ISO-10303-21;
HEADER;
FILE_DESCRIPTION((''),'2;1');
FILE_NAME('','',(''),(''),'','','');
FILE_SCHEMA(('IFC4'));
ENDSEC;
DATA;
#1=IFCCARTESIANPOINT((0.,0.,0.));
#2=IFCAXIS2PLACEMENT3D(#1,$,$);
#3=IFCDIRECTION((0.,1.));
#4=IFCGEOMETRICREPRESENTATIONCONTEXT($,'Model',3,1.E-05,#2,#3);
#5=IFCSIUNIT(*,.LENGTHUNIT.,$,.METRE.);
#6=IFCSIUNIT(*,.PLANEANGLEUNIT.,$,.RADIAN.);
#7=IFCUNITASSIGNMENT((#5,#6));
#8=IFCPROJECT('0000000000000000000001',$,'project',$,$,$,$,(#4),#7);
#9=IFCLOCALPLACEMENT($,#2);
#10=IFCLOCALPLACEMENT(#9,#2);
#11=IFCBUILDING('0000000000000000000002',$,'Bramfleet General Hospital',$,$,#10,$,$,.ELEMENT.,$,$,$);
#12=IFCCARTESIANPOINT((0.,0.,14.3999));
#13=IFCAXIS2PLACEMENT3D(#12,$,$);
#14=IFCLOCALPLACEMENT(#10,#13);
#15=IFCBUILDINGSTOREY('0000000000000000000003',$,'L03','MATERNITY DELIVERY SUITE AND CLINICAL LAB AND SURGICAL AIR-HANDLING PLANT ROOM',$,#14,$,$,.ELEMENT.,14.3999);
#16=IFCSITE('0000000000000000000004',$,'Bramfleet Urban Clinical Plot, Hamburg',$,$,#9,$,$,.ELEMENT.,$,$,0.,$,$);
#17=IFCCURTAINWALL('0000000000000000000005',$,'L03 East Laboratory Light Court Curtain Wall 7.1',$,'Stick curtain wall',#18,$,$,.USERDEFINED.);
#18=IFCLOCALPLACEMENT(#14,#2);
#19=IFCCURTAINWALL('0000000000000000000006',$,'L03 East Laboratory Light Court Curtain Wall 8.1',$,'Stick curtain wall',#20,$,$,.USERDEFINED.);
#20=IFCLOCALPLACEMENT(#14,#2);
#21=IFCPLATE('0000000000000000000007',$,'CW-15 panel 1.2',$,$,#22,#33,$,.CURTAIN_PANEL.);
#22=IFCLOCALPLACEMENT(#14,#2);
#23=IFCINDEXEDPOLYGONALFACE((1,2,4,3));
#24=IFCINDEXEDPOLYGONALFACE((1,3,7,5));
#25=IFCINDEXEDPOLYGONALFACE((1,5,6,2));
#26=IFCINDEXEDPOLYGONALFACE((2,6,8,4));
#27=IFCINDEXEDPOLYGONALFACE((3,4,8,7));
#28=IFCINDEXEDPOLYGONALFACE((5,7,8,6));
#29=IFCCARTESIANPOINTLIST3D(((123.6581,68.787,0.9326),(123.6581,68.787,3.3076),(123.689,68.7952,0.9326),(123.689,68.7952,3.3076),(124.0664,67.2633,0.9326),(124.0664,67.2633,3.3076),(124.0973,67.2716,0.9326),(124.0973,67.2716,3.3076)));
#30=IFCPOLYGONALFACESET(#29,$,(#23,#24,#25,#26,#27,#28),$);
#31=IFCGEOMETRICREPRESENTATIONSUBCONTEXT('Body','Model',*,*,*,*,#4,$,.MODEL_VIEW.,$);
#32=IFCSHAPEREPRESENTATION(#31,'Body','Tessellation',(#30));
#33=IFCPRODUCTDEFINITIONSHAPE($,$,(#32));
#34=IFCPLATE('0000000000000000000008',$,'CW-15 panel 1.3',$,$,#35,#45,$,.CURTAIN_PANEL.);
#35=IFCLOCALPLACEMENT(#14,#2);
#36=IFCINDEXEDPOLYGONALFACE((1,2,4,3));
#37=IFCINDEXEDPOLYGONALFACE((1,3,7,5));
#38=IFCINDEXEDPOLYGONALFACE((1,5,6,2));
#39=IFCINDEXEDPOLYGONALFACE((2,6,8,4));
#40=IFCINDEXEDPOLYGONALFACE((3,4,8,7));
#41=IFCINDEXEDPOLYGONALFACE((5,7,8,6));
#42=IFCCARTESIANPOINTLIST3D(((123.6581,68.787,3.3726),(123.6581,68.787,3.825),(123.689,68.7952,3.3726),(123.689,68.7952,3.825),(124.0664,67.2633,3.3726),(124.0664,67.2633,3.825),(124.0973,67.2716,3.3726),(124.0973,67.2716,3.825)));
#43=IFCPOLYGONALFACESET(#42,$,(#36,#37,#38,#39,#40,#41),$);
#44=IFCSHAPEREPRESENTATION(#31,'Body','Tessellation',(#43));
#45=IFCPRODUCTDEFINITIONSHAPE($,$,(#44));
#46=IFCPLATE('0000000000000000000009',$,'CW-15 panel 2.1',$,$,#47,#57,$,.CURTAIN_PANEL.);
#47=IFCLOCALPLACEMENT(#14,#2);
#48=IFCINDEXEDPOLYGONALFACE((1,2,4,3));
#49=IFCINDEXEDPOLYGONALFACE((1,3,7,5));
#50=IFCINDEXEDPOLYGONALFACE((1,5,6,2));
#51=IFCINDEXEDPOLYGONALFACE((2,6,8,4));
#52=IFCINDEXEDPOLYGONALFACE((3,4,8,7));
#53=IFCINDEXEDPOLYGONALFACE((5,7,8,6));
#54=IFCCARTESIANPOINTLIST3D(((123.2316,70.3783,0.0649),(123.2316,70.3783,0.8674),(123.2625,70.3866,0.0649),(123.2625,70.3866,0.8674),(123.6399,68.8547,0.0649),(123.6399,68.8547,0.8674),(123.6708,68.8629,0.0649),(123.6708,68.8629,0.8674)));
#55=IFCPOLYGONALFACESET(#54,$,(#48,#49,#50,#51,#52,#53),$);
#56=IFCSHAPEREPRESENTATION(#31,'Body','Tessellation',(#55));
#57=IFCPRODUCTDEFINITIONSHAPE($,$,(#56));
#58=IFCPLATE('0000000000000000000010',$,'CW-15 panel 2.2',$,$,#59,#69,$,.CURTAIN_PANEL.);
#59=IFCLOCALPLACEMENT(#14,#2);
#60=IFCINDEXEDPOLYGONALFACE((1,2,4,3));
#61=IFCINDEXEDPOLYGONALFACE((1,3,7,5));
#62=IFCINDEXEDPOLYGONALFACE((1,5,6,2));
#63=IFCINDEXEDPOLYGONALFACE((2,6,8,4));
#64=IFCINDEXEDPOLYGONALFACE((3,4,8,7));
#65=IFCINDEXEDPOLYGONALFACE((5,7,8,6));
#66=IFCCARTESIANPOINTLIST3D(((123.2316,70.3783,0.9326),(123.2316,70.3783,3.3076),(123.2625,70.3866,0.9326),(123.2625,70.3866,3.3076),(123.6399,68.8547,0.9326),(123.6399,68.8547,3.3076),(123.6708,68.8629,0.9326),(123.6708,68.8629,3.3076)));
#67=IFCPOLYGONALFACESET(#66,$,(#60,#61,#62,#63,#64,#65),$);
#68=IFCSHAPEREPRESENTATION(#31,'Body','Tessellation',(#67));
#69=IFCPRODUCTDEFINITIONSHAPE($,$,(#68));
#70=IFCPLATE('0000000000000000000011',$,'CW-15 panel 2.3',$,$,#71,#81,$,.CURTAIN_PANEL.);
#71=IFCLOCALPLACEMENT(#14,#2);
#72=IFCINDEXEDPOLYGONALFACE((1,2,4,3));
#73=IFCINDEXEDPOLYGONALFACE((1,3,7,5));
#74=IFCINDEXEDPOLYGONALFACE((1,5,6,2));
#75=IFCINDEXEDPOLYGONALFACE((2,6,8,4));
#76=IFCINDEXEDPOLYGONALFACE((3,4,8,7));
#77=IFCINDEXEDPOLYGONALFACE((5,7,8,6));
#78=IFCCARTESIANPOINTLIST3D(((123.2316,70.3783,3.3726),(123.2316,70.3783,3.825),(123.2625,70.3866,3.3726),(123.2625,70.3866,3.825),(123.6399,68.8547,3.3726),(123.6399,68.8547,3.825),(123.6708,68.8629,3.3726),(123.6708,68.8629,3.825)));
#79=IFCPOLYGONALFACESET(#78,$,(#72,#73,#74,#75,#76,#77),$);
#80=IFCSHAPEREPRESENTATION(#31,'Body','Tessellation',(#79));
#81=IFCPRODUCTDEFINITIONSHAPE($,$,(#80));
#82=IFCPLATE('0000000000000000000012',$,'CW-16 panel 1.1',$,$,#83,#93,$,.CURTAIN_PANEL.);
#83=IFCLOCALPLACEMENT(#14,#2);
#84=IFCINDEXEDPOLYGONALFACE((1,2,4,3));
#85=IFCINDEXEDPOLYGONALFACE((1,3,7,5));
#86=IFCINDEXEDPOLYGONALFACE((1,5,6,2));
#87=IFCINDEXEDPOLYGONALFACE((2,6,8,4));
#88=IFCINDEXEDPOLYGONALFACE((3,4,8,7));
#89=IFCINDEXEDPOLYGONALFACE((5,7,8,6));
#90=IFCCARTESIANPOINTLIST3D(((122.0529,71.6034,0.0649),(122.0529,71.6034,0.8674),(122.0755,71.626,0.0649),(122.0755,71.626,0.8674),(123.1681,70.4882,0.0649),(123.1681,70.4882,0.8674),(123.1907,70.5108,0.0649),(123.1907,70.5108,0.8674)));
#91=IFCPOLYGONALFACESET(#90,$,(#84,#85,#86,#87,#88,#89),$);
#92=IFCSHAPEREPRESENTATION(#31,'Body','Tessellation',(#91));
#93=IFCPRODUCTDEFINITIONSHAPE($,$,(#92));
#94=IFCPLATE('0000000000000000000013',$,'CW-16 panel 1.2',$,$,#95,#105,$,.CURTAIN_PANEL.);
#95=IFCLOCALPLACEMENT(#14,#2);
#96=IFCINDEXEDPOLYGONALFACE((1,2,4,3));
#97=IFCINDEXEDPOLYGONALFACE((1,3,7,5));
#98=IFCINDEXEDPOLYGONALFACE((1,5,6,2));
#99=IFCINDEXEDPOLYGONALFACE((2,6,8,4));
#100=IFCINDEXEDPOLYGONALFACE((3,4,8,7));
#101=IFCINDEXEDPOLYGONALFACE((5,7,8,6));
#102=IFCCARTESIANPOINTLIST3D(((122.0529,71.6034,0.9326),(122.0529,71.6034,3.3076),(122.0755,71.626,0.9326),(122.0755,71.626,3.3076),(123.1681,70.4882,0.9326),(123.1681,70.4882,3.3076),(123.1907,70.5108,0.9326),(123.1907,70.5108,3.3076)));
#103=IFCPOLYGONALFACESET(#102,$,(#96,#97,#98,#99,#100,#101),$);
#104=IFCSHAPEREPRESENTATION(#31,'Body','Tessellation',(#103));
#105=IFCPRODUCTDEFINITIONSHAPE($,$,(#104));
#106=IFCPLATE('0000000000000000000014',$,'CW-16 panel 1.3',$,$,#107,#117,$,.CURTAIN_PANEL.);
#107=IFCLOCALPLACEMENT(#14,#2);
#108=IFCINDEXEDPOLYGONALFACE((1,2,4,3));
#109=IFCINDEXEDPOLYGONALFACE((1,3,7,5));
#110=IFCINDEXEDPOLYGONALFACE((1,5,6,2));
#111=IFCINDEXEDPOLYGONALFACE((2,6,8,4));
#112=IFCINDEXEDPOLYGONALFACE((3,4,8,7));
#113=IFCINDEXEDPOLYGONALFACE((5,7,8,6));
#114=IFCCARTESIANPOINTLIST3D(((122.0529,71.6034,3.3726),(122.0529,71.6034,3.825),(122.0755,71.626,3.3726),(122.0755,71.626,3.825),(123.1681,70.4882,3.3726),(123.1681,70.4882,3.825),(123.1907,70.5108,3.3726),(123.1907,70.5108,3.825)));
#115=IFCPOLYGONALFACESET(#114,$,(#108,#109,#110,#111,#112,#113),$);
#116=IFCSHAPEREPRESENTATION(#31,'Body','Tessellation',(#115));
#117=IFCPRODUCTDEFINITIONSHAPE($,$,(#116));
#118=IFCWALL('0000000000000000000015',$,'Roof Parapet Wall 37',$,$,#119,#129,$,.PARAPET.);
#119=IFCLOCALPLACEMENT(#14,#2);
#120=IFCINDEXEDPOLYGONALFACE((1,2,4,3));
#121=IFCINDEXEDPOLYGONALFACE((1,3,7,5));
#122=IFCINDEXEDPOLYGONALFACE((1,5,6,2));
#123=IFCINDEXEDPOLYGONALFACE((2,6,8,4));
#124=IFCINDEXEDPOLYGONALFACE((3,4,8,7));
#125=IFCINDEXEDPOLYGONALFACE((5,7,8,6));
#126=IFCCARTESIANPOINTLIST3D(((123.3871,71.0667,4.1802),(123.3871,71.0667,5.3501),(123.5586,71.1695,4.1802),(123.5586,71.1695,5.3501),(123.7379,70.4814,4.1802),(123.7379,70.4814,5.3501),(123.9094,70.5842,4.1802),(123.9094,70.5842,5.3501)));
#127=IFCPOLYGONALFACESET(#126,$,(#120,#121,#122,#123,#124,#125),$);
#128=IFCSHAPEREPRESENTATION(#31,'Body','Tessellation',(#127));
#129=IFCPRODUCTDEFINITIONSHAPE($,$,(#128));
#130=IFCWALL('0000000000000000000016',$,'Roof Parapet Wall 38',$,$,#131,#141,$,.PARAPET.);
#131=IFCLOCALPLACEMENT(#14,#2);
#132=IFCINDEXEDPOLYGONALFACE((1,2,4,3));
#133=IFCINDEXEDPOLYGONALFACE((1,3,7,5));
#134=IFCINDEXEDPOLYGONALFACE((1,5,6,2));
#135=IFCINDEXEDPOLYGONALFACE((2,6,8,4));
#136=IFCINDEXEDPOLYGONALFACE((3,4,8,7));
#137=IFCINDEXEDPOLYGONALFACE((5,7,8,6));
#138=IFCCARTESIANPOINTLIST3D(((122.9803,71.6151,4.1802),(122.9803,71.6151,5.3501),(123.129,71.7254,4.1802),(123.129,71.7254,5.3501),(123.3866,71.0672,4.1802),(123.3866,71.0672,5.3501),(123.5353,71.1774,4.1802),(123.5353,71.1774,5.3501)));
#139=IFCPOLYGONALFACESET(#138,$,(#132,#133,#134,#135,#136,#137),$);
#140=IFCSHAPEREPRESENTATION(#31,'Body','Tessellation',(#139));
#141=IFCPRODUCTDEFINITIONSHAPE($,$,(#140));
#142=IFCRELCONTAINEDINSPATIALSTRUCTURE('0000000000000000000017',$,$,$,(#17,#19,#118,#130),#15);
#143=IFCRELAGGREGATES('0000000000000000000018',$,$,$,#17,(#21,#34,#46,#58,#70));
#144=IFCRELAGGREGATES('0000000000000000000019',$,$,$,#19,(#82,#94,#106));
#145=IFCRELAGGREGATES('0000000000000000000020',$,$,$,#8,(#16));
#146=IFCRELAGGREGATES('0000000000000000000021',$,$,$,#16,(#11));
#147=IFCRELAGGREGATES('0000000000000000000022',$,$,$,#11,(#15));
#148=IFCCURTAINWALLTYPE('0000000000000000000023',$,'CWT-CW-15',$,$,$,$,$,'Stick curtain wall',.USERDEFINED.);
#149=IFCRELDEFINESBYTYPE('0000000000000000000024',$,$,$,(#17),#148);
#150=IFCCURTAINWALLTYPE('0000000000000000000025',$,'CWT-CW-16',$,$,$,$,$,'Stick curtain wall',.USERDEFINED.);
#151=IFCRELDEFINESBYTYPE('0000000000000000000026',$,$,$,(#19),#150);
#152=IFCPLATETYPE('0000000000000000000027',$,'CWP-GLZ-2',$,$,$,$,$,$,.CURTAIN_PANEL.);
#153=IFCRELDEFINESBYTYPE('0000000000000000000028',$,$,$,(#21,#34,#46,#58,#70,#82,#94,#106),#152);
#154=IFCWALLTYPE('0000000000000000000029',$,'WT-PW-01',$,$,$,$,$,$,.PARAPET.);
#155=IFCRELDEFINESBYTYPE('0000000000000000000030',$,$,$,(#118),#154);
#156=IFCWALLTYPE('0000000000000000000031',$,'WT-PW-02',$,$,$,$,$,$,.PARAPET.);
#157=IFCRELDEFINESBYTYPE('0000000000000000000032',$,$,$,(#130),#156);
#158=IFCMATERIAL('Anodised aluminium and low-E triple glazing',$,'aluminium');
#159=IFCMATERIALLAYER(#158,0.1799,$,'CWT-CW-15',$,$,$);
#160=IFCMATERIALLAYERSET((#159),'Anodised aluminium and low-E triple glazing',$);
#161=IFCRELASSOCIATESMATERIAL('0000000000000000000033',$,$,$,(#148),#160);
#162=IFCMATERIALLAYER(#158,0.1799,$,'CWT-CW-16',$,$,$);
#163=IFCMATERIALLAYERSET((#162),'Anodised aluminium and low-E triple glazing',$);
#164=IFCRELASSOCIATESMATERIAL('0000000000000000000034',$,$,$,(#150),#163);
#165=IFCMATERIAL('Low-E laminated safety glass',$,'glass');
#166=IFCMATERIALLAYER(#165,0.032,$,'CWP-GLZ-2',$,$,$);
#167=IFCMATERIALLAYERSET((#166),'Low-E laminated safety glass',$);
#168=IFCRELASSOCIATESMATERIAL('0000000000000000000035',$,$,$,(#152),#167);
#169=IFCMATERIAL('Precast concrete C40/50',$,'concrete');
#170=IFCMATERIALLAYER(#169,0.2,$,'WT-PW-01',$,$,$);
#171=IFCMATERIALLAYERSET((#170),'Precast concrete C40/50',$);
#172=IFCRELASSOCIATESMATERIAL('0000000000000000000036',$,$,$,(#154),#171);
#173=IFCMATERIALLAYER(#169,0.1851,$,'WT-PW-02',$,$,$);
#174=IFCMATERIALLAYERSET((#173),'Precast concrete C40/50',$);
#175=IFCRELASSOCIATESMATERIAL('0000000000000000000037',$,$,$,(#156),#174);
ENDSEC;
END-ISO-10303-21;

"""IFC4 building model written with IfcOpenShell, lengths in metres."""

from ifc_helpers import new_model, si_unit, direction, frame, frame_2d, origin, origin_2d, place, context, subcontext, project, spatial, rectangle, extrude, material, layer, layer_set, type_object, element, aggregate, save


model = new_model("IFC4")

# Units and contexts
model_context = context("Model", 3, precision=1e-05, world=origin(), true_north=direction((0.0, 1.0)))
body_context = subcontext(model_context, "Body", "Model", "MODEL_VIEW")
ifc_project = project(units=[si_unit("LENGTHUNIT", "METRE"), si_unit("PLANEANGLEUNIT", "RADIAN")], contexts=[model_context])

# Site, building, storey
site_placement = place(None, origin())
site = spatial("IfcSite", under=ifc_project, at=site_placement, Name="Bramfleet Urban Clinical Plot, Hamburg", CompositionType="ELEMENT", RefElevation=0.0)
building_placement = place(site_placement, origin())
building = spatial("IfcBuilding", under=site, at=building_placement, Name="Bramfleet General Hospital", CompositionType="ELEMENT")
storey_placement = place(building_placement, frame((0.0, 0.0, 14.3999)))
storey = spatial("IfcBuildingStorey", under=building, at=storey_placement, Name="L03", Description="MATERNITY DELIVERY SUITE AND CLINICAL LAB AND SURGICAL AIR-HANDLING PLANT ROOM", CompositionType="ELEMENT", Elevation=14.3999)

# Curtain wall
ifc_material_1 = material(Name="Anodised aluminium and low-E triple glazing", Category="aluminium")
ifc_layer_1 = layer(ifc_material_1, 0.1799, Name="CWT-CW-15")
ifc_layer_set_1 = layer_set([ifc_layer_1], Name="Anodised aluminium and low-E triple glazing")
curtain_wall_type_1 = type_object("IfcCurtainWallType", Name="CWT-CW-15", ElementType="Stick curtain wall", PredefinedType="USERDEFINED", material=ifc_layer_set_1)
curtain_wall_1_placement = place(storey_placement, origin())
curtain_wall_1 = element("IfcCurtainWall", 1, at=curtain_wall_1_placement, inside=storey, type_object=curtain_wall_type_1, Name="L03 East Laboratory Light Court Curtain Wall 7.1", ObjectType="Stick curtain wall", PredefinedType="USERDEFINED")

# Curtain wall
ifc_layer_2 = layer(ifc_material_1, 0.1799, Name="CWT-CW-16")
ifc_layer_set_2 = layer_set([ifc_layer_2], Name="Anodised aluminium and low-E triple glazing")
curtain_wall_type_2 = type_object("IfcCurtainWallType", Name="CWT-CW-16", ElementType="Stick curtain wall", PredefinedType="USERDEFINED", material=ifc_layer_set_2)
curtain_wall_2_placement = place(storey_placement, origin())
curtain_wall_2 = element("IfcCurtainWall", 2, at=curtain_wall_2_placement, inside=storey, type_object=curtain_wall_type_2, Name="L03 East Laboratory Light Court Curtain Wall 8.1", ObjectType="Stick curtain wall", PredefinedType="USERDEFINED")

# Plates
ifc_material_2 = material(Name="Low-E laminated safety glass", Category="glass")
ifc_layer_3 = layer(ifc_material_2, 0.032, Name="CWP-GLZ-2")
ifc_layer_set_3 = layer_set([ifc_layer_3], Name="Low-E laminated safety glass")
plate_type = type_object("IfcPlateType", Name="CWP-GLZ-2", PredefinedType="CURTAIN_PANEL", material=ifc_layer_set_3)
plate_1_placement = place(storey_placement, frame((123.8777, 68.0293, 0.9326), z_axis=(0.0, 0.0, 1.0), x_axis=(-0.258865, 0.965914, 0.0)))
plate_1 = element("IfcPlate", 3, at=plate_1_placement, type_object=plate_type, Name="CW-15 panel 1.2", PredefinedType="CURTAIN_PANEL", context=body_context, shape_type="SweptSolid", body=[
    extrude(rectangle(XDim=1.5774, YDim=0.032, at=origin_2d()), origin(), (0.0, 0.0, 1.0), 2.375),
])
plate_2_placement = place(storey_placement, frame((123.8777, 68.0293, 3.3726), z_axis=(0.0, 0.0, 1.0), x_axis=(-0.258865, 0.965914, 0.0)))
plate_2 = element("IfcPlate", 4, at=plate_2_placement, type_object=plate_type, Name="CW-15 panel 1.3", PredefinedType="CURTAIN_PANEL", context=body_context, shape_type="SweptSolid", body=[
    extrude(rectangle(XDim=1.5774, YDim=0.032, at=origin_2d()), origin(), (0.0, 0.0, 1.0), 0.4524),
])
plate_3_placement = place(storey_placement, frame((123.4512, 69.6206, 0.0649), z_axis=(0.0, 0.0, 1.0), x_axis=(-0.258865, 0.965914, 0.0)))
plate_3 = element("IfcPlate", 5, at=plate_3_placement, type_object=plate_type, Name="CW-15 panel 2.1", PredefinedType="CURTAIN_PANEL", context=body_context, shape_type="SweptSolid", body=[
    extrude(rectangle(XDim=1.5774, YDim=0.032, at=origin_2d()), origin(), (0.0, 0.0, 1.0), 0.8025),
])
plate_4_placement = place(storey_placement, frame((123.4512, 69.6206, 0.9326), z_axis=(0.0, 0.0, 1.0), x_axis=(-0.258865, 0.965914, 0.0)))
plate_4 = element("IfcPlate", 6, at=plate_4_placement, type_object=plate_type, Name="CW-15 panel 2.2", PredefinedType="CURTAIN_PANEL", context=body_context, shape_type="SweptSolid", body=[
    extrude(rectangle(XDim=1.5774, YDim=0.032, at=origin_2d()), origin(), (0.0, 0.0, 1.0), 2.375),
])
plate_5_placement = place(storey_placement, frame((123.4512, 69.6206, 3.3726), z_axis=(0.0, 0.0, 1.0), x_axis=(-0.258865, 0.965914, 0.0)))
plate_5 = element("IfcPlate", 7, at=plate_5_placement, type_object=plate_type, Name="CW-15 panel 2.3", PredefinedType="CURTAIN_PANEL", context=body_context, shape_type="SweptSolid", body=[
    extrude(rectangle(XDim=1.5774, YDim=0.032, at=origin_2d()), origin(), (0.0, 0.0, 1.0), 0.4524),
])
aggregate(curtain_wall_1, [plate_1, plate_2, plate_3, plate_4, plate_5])
plate_6_placement = place(storey_placement, frame((122.6218, 71.0571, 0.0649), z_axis=(0.0, 0.0, 1.0), x_axis=(-0.707107, 0.707107, 0.0)))
plate_6 = element("IfcPlate", 8, at=plate_6_placement, type_object=plate_type, Name="CW-16 panel 1.1", PredefinedType="CURTAIN_PANEL", context=body_context, shape_type="SweptSolid", body=[
    extrude(rectangle(XDim=1.5771, YDim=0.032, at=origin_2d()), origin(), (0.0, 0.0, 1.0), 0.8025),
])
plate_7_placement = place(storey_placement, frame((122.6218, 71.0571, 0.9326), z_axis=(0.0, 0.0, 1.0), x_axis=(-0.707107, 0.707107, 0.0)))
plate_7 = element("IfcPlate", 9, at=plate_7_placement, type_object=plate_type, Name="CW-16 panel 1.2", PredefinedType="CURTAIN_PANEL", context=body_context, shape_type="SweptSolid", body=[
    extrude(rectangle(XDim=1.5771, YDim=0.032, at=origin_2d()), origin(), (0.0, 0.0, 1.0), 2.375),
])
plate_8_placement = place(storey_placement, frame((122.6218, 71.0571, 3.3726), z_axis=(0.0, 0.0, 1.0), x_axis=(-0.707107, 0.707107, 0.0)))
plate_8 = element("IfcPlate", 10, at=plate_8_placement, type_object=plate_type, Name="CW-16 panel 1.3", PredefinedType="CURTAIN_PANEL", context=body_context, shape_type="SweptSolid", body=[
    extrude(rectangle(XDim=1.5771, YDim=0.032, at=origin_2d()), origin(), (0.0, 0.0, 1.0), 0.4524),
])
aggregate(curtain_wall_2, [plate_6, plate_7, plate_8])

# Walls
ifc_material_3 = material(Name="Precast concrete C40/50", Category="concrete")
ifc_layer_4 = layer(ifc_material_3, 0.2, Name="WT-PW-01")
ifc_layer_set_4 = layer_set([ifc_layer_4], Name="Precast concrete C40/50")
wall_type_1 = type_object("IfcWallType", Name="WT-PW-01", PredefinedType="PARAPET", material=ifc_layer_set_4)
wall_1_placement = place(storey_placement, frame((123.8237, 70.5327, 4.1802), z_axis=(0.0, 0.0, 1.0), x_axis=(-0.51418, 0.857682, 0.0)))
element("IfcWall", 11, at=wall_1_placement, inside=storey, type_object=wall_type_1, Name="Roof Parapet Wall 37", PredefinedType="PARAPET", context=body_context, shape_type="SweptSolid", body=[
    extrude(rectangle(XDim=0.6824, YDim=0.2, at=frame_2d((0.3413, 0.0))), origin(), (0.0, 0.0, 1.0), 1.1699),
])
ifc_layer_5 = layer(ifc_material_3, 0.1851, Name="WT-PW-02")
ifc_layer_set_5 = layer_set([ifc_layer_5], Name="Precast concrete C40/50")
wall_type_2 = type_object("IfcWallType", Name="WT-PW-02", PredefinedType="PARAPET", material=ifc_layer_set_5)
wall_2_placement = place(storey_placement, frame((123.4609, 71.1223, 4.1802), z_axis=(0.0, 0.0, 1.0), x_axis=(-0.595638, 0.803253, 0.0)))
element("IfcWall", 12, at=wall_2_placement, inside=storey, type_object=wall_type_2, Name="Roof Parapet Wall 38", PredefinedType="PARAPET", context=body_context, shape_type="SweptSolid", body=[
    extrude(rectangle(XDim=0.6821, YDim=0.1851, at=frame_2d((0.3411, 0.0))), origin(), (0.0, 0.0, 1.0), 1.1699),
])

save(model, "model.ifc")
